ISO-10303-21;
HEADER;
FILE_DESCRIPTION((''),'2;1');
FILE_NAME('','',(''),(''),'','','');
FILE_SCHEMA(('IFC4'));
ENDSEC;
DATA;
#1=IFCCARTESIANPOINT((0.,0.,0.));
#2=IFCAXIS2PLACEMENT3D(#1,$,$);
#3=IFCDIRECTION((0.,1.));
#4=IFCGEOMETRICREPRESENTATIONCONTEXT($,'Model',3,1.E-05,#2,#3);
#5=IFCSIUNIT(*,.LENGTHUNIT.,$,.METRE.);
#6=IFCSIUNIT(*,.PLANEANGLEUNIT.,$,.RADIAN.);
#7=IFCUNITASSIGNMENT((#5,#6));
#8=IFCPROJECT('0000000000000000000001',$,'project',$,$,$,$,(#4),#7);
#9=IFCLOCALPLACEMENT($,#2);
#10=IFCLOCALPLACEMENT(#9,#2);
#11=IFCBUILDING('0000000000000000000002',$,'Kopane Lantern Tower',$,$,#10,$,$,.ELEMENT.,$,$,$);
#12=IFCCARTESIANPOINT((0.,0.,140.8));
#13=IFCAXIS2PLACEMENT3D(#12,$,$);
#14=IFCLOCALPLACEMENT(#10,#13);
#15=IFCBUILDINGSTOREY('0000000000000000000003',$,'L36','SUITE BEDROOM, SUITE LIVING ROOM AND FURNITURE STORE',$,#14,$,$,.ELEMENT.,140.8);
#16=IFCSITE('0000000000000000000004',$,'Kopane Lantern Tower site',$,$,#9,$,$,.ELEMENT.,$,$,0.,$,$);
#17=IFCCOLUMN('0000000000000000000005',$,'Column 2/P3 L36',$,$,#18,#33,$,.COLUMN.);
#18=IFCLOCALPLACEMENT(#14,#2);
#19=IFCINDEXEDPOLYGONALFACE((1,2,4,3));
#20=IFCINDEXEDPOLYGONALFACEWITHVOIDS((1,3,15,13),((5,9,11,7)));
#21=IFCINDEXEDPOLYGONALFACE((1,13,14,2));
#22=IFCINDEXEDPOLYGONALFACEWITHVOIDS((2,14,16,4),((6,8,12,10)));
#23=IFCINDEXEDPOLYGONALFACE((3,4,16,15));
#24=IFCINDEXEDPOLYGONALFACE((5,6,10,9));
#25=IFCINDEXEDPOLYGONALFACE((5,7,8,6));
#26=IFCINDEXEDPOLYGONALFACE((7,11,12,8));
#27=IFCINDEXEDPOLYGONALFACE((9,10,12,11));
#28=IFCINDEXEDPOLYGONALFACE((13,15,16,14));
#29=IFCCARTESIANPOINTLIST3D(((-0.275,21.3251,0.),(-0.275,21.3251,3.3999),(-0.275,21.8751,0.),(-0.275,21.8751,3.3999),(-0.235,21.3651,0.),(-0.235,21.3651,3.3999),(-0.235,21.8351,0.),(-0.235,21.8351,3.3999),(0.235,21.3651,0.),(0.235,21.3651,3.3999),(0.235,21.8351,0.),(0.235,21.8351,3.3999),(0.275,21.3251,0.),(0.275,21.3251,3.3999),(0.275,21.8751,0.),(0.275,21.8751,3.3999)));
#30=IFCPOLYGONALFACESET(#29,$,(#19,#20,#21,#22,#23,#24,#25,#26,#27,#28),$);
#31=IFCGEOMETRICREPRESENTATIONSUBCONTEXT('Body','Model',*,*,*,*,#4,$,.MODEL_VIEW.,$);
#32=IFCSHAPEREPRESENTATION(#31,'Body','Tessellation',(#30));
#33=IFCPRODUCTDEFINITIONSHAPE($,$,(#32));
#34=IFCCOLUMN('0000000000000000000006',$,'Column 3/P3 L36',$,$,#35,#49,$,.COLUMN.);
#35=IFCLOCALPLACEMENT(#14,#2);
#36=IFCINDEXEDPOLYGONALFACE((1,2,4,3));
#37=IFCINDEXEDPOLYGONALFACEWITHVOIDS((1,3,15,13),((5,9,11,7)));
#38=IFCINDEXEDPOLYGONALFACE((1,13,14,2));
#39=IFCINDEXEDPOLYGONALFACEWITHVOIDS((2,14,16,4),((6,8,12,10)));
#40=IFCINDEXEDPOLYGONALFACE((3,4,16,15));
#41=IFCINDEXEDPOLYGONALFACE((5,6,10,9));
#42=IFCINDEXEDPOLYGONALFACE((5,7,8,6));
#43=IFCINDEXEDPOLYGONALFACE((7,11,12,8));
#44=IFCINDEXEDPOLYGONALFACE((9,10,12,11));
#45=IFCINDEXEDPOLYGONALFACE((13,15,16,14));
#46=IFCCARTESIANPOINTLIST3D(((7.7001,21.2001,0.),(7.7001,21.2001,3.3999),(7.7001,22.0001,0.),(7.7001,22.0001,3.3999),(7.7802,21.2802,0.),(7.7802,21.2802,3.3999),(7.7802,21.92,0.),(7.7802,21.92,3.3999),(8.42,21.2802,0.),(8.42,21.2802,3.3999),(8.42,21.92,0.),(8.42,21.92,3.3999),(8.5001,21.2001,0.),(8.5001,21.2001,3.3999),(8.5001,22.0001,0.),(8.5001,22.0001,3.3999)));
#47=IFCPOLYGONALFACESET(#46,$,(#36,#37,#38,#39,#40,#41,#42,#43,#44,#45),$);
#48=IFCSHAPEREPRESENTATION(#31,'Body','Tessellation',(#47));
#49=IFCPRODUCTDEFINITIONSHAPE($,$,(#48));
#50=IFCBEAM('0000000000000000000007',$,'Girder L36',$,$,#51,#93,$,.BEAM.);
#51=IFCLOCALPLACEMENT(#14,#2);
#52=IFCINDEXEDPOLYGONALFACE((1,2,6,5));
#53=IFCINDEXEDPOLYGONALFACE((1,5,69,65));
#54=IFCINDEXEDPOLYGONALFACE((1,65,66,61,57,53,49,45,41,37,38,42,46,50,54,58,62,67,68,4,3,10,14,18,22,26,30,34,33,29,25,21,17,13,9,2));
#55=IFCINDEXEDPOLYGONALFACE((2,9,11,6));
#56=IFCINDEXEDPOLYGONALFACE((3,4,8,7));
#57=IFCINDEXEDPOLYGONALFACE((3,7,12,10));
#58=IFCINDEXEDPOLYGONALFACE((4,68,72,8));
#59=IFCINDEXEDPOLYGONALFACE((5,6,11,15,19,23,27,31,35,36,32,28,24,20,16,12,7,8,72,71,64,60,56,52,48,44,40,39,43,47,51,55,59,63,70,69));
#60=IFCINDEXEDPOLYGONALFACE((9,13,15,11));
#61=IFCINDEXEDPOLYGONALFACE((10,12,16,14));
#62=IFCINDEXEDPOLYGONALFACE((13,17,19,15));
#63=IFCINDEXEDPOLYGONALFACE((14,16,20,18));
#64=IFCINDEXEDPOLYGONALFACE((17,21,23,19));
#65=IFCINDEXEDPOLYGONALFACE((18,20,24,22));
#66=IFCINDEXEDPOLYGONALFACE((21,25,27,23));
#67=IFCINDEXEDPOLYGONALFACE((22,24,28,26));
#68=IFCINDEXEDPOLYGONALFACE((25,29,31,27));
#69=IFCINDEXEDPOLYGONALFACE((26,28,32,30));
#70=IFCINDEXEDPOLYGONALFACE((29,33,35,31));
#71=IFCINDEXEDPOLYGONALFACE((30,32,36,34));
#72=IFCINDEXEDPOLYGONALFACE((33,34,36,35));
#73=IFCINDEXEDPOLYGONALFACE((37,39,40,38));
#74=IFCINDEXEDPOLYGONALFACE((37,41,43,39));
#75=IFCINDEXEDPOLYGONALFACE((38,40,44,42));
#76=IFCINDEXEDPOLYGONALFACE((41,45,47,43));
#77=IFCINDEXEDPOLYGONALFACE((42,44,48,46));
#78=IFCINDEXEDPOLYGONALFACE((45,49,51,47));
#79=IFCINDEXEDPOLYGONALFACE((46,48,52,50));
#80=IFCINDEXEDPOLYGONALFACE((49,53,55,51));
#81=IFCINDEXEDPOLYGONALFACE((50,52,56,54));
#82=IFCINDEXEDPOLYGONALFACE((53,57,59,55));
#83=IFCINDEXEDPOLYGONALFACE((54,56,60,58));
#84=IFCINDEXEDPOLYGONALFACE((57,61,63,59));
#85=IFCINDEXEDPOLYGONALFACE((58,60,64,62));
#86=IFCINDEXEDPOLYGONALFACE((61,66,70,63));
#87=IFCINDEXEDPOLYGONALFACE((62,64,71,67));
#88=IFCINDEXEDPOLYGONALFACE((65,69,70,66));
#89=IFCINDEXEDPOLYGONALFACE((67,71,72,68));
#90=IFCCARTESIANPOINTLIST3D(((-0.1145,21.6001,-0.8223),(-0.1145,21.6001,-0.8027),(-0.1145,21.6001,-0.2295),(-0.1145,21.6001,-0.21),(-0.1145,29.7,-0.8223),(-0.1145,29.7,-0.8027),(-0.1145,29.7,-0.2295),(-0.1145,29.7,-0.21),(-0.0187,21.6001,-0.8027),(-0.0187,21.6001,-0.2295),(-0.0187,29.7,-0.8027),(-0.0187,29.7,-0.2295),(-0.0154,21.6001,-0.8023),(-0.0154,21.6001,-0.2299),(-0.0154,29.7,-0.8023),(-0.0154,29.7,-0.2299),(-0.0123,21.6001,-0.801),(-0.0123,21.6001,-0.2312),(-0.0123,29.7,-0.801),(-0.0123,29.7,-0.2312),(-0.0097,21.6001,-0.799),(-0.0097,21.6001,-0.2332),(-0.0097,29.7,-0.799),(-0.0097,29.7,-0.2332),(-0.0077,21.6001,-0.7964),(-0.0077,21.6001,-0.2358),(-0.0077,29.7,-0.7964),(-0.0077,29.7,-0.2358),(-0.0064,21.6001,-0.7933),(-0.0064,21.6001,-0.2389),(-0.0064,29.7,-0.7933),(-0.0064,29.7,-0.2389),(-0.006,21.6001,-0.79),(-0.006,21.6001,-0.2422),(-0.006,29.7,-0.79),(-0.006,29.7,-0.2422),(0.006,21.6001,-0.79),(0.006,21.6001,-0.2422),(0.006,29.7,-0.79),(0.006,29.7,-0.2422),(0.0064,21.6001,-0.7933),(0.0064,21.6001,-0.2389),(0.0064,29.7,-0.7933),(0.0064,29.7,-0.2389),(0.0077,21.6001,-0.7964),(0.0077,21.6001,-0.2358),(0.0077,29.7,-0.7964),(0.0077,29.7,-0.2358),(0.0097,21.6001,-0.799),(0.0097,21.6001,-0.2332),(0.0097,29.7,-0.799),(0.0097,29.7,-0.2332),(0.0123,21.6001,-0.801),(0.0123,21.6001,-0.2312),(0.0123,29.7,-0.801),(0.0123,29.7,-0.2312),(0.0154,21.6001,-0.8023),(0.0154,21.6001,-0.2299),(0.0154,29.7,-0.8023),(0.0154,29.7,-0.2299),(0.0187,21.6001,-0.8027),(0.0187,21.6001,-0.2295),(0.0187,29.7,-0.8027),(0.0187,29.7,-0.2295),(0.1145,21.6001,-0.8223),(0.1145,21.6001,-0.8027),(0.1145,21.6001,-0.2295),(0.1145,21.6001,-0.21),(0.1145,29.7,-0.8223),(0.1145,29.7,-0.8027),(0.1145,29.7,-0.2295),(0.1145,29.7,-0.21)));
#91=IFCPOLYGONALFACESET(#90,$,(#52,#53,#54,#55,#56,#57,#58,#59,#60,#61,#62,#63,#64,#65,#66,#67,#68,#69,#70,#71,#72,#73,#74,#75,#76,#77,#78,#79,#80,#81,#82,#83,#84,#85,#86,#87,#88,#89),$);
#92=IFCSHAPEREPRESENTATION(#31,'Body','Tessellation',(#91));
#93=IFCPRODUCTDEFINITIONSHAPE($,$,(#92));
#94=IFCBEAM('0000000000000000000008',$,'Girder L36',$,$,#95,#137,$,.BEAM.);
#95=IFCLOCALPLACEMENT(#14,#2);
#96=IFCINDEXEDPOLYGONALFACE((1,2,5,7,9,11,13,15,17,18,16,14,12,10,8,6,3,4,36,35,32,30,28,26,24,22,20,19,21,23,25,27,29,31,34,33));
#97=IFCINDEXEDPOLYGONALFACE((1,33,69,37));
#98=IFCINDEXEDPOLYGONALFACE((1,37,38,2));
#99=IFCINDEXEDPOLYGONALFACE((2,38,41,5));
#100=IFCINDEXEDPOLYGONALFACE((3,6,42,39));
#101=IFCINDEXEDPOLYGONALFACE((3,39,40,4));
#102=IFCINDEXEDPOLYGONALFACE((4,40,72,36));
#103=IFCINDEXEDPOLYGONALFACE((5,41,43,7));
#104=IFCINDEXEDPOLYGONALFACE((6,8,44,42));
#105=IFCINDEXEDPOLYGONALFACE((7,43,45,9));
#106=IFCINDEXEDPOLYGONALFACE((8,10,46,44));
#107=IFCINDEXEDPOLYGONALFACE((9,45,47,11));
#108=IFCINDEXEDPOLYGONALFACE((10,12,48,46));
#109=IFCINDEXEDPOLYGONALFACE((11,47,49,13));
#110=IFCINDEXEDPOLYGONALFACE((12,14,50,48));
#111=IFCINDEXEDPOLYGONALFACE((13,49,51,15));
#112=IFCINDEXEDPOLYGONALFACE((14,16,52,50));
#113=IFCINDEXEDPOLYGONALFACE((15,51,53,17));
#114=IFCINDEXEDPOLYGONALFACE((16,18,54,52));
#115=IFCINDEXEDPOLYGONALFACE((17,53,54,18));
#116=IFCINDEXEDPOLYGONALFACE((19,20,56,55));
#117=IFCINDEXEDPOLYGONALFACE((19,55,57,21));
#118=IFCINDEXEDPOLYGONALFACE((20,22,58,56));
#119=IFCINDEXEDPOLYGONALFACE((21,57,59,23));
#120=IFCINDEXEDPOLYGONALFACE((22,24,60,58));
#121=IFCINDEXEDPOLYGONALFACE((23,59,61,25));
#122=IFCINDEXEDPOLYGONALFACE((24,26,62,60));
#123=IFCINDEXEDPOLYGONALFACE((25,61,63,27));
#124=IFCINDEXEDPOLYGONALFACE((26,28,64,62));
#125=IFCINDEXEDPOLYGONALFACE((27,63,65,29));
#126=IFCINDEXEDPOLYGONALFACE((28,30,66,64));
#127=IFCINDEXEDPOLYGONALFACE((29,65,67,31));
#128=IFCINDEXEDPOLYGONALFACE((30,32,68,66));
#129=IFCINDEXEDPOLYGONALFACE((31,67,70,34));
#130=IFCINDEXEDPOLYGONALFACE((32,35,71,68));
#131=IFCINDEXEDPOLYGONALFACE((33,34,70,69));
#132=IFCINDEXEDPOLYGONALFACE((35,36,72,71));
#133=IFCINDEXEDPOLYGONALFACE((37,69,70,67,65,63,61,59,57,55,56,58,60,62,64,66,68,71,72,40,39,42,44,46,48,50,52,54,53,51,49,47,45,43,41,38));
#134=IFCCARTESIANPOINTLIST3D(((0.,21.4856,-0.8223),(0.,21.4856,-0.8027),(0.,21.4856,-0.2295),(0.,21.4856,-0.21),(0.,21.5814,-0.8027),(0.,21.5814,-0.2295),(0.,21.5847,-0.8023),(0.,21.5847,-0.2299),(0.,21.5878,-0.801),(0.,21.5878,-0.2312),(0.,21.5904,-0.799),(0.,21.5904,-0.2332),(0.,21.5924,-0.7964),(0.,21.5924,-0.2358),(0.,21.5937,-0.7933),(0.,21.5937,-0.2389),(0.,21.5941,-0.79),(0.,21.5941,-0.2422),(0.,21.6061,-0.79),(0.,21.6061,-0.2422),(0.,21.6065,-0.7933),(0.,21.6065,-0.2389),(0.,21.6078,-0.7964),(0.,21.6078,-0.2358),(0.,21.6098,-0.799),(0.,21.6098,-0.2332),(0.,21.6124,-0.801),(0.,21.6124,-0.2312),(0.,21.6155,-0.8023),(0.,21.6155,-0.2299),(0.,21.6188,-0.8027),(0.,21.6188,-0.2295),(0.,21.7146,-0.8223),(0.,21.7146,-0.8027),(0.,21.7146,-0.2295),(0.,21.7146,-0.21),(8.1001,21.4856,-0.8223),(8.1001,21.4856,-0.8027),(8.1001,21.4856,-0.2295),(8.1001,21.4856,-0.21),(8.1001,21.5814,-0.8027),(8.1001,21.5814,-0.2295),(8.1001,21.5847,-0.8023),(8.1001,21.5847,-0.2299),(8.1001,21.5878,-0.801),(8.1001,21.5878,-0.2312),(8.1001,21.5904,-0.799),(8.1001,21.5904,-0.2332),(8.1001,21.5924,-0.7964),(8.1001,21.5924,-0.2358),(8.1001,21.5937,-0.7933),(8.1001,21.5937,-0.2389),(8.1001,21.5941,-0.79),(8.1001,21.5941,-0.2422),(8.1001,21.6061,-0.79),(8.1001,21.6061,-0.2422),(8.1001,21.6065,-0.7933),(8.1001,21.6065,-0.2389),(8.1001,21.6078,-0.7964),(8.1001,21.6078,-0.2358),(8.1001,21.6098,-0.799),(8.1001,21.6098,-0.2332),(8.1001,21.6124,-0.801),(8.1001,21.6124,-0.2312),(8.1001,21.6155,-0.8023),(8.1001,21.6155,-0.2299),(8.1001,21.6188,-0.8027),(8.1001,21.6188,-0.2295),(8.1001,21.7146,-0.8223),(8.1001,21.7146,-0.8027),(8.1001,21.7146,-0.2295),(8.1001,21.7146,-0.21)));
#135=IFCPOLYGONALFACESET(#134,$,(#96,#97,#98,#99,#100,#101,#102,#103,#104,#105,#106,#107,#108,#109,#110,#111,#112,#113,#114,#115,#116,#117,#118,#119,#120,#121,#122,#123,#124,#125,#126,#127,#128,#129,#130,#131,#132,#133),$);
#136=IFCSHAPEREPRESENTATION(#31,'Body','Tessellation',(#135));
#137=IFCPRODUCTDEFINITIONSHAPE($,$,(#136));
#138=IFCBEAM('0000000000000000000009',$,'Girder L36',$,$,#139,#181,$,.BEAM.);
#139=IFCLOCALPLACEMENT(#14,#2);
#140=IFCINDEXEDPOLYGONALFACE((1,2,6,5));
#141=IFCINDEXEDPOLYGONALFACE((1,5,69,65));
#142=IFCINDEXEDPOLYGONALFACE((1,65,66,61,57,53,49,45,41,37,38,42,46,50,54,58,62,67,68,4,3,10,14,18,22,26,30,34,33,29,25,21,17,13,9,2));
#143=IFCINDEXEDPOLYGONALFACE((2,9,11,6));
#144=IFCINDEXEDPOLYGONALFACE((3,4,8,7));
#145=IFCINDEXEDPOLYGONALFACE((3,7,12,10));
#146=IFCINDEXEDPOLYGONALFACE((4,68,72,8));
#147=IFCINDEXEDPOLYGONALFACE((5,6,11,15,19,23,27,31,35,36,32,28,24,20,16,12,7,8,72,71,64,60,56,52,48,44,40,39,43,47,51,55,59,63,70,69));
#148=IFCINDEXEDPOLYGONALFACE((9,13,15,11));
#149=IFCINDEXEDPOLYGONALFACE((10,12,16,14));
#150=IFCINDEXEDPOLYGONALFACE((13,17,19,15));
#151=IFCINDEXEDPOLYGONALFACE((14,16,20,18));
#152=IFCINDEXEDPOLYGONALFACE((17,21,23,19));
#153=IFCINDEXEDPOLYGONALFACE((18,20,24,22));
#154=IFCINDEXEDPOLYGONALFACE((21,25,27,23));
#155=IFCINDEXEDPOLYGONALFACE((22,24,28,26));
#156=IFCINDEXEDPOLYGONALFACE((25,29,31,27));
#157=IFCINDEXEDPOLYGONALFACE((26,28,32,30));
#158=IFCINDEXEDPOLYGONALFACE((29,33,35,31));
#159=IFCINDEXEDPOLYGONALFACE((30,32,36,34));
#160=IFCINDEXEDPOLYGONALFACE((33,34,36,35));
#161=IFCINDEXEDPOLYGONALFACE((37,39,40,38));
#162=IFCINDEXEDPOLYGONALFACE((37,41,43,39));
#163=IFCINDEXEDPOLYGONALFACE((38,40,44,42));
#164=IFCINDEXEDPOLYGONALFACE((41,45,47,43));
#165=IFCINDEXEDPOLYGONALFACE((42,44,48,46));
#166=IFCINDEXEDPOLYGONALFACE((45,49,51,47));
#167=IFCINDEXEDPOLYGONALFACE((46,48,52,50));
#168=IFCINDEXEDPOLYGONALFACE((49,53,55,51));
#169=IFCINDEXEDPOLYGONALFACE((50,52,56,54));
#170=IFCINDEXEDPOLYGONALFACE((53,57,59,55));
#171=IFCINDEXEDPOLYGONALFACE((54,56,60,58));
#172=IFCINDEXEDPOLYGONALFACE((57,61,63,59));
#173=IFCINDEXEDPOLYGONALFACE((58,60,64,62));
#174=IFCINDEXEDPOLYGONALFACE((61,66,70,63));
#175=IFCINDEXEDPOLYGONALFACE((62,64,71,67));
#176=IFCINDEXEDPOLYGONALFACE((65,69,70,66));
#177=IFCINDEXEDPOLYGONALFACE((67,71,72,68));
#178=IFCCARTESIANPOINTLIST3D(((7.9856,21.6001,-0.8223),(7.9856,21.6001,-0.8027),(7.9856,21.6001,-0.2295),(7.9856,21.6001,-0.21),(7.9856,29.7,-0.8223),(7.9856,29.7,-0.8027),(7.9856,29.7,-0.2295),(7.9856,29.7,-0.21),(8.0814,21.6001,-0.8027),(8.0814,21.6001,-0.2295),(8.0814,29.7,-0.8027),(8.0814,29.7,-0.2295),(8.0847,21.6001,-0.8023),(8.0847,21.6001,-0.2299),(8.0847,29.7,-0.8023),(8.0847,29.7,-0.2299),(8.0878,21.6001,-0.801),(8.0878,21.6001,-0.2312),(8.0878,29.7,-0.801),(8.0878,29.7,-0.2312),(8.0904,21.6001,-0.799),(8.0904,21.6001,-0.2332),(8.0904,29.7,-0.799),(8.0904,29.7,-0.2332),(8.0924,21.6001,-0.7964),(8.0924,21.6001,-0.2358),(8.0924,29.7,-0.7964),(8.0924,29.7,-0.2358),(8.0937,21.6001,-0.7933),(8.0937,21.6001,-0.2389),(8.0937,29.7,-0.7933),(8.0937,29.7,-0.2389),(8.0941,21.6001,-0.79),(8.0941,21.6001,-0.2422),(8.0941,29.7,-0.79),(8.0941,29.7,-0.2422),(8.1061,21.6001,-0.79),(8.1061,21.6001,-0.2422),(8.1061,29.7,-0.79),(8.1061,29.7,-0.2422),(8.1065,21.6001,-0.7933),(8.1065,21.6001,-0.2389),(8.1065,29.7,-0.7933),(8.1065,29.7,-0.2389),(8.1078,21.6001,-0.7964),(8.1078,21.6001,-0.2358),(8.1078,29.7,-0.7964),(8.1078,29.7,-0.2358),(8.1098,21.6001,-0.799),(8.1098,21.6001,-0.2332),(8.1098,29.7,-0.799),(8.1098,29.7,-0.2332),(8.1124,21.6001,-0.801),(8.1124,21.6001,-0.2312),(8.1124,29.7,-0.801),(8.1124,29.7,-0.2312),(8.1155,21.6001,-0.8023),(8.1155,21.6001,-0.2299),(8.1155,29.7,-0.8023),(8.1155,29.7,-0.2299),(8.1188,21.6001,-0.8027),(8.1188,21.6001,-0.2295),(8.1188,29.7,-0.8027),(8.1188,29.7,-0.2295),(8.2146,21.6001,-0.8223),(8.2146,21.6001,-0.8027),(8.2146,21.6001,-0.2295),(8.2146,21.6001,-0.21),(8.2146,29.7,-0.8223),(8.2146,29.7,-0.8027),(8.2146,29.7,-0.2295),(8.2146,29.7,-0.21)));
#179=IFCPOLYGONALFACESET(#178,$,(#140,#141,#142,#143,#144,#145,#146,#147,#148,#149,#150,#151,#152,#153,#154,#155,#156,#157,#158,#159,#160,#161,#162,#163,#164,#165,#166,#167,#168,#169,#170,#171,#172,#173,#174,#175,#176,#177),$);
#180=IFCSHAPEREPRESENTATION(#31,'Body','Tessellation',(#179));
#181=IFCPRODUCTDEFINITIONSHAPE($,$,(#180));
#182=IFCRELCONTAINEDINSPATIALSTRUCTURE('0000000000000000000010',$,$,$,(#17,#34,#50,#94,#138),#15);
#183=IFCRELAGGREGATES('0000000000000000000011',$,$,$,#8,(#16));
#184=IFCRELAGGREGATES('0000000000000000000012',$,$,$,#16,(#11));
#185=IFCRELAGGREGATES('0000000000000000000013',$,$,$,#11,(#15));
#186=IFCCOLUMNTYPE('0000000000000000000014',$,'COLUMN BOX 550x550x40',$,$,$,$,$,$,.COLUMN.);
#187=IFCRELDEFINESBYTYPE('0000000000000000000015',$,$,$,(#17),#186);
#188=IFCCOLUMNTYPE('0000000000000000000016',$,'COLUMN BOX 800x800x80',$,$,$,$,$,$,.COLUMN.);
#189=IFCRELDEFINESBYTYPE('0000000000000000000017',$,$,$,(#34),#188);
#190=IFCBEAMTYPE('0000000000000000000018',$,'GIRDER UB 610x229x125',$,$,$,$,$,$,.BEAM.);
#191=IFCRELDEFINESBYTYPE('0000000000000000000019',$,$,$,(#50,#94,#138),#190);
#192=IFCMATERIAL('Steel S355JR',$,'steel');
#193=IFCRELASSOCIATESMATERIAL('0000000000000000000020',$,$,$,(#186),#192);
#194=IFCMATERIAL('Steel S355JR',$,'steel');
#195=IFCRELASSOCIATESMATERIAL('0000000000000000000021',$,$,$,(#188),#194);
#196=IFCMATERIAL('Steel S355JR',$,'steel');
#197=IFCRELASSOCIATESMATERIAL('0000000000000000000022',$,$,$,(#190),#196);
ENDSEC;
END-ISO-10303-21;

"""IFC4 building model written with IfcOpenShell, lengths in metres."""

from ifc_helpers import new_model, si_unit, direction, frame, origin, origin_2d, place, context, subcontext, project, spatial, hollow_rectangle, i_section, extrude, material, material_profile, profile_set, type_object, element, save


model = new_model("IFC4")

# Units and contexts
model_context = context("Model", 3, precision=1e-05, world=origin(), true_north=direction((0.0, 1.0)))
body_context = subcontext(model_context, "Body", "Model", "MODEL_VIEW")
ifc_project = project(units=[si_unit("LENGTHUNIT", "METRE"), si_unit("PLANEANGLEUNIT", "RADIAN")], contexts=[model_context])

# Site, building, storey
site_placement = place(None, origin())
site = spatial("IfcSite", under=ifc_project, at=site_placement, Name="Kopane Lantern Tower site", CompositionType="ELEMENT", RefElevation=0.0)
building_placement = place(site_placement, origin())
building = spatial("IfcBuilding", under=site, at=building_placement, Name="Kopane Lantern Tower", CompositionType="ELEMENT")
storey_placement = place(building_placement, frame((0.0, 0.0, 140.8)))
storey = spatial("IfcBuildingStorey", under=building, at=storey_placement, Name="L36", Description="SUITE BEDROOM, SUITE LIVING ROOM AND FURNITURE STORE", CompositionType="ELEMENT", Elevation=140.8)

# Columns
ifc_material_1 = material(Name="Steel S355JR", Category="steel")
ifc_material_profile_1 = material_profile(ifc_material_1, hollow_rectangle(XDim=0.55, YDim=0.55, WallThickness=0.04, at=origin_2d()), Name="BOX 550x550x40")
ifc_profile_set_1 = profile_set([ifc_material_profile_1], Name="Steel S355JR")
column_type_1 = type_object("IfcColumnType", Name="COLUMN BOX 550x550x40", PredefinedType="COLUMN", material=ifc_profile_set_1)
column_1_placement = place(storey_placement, frame((0.0, 21.6001, 0.0), z_axis=(0.0, 0.0, 1.0), x_axis=(1.0, 0.0, 0.0)))
element("IfcColumn", 1, at=column_1_placement, inside=storey, type_object=column_type_1, Name="Column 2/P3 L36", PredefinedType="COLUMN", context=body_context, shape_type="SweptSolid", body=[
    extrude(hollow_rectangle(XDim=0.55, YDim=0.55, WallThickness=0.04, at=origin_2d()), origin(), (0.0, 0.0, 1.0), 3.3999),
])
ifc_material_2 = material(Name="Steel S355JR", Category="steel")
ifc_material_profile_2 = material_profile(ifc_material_2, hollow_rectangle(XDim=0.8, YDim=0.8, WallThickness=0.0801, at=origin_2d()), Name="BOX 800x800x80")
ifc_profile_set_2 = profile_set([ifc_material_profile_2], Name="Steel S355JR")
column_type_2 = type_object("IfcColumnType", Name="COLUMN BOX 800x800x80", PredefinedType="COLUMN", material=ifc_profile_set_2)
column_2_placement = place(storey_placement, frame((8.1001, 21.6001, 0.0), z_axis=(0.0, 0.0, 1.0), x_axis=(1.0, 0.0, 0.0)))
element("IfcColumn", 2, at=column_2_placement, inside=storey, type_object=column_type_2, Name="Column 3/P3 L36", PredefinedType="COLUMN", context=body_context, shape_type="SweptSolid", body=[
    extrude(hollow_rectangle(XDim=0.8, YDim=0.8, WallThickness=0.0801, at=origin_2d()), origin(), (0.0, 0.0, 1.0), 3.3999),
])

# Beams
ifc_material_3 = material(Name="Steel S355JR", Category="steel")
ifc_material_profile_3 = material_profile(ifc_material_3, i_section(OverallWidth=0.229, OverallDepth=0.6123, WebThickness=0.012, FlangeThickness=0.0195, FilletRadius=0.0127, at=origin_2d()), Name="UB 610x229x125")
ifc_profile_set_3 = profile_set([ifc_material_profile_3], Name="Steel S355JR")
beam_type = type_object("IfcBeamType", Name="GIRDER UB 610x229x125", PredefinedType="BEAM", material=ifc_profile_set_3)
beam_1_placement = place(storey_placement, frame((0.0, 21.6001, -0.5161), z_axis=(0.0, 1.0, 0.0), x_axis=(-1.0, 0.0, 0.0)))
element("IfcBeam", 3, at=beam_1_placement, inside=storey, type_object=beam_type, Name="Girder L36", PredefinedType="BEAM", context=body_context, shape_type="SweptSolid", body=[
    extrude(i_section(OverallWidth=0.229, OverallDepth=0.6123, WebThickness=0.012, FlangeThickness=0.0195, FilletRadius=0.0127, at=origin_2d()), origin(), (0.0, 0.0, 1.0), 8.0999),
])
beam_2_placement = place(storey_placement, frame((0.0, 21.6001, -0.5161), z_axis=(1.0, 0.0, 0.0), x_axis=(0.0, 1.0, 0.0)))
element("IfcBeam", 4, at=beam_2_placement, inside=storey, type_object=beam_type, Name="Girder L36", PredefinedType="BEAM", context=body_context, shape_type="SweptSolid", body=[
    extrude(i_section(OverallWidth=0.229, OverallDepth=0.6123, WebThickness=0.012, FlangeThickness=0.0195, FilletRadius=0.0127, at=origin_2d()), origin(), (0.0, 0.0, 1.0), 8.1001),
])
for number, where, z_axis, x_axis, name in (
    (5, (8.1001, 21.6001, -0.5161), (0.0, 1.0, 0.0), (-1.0, 0.0, 0.0), "Girder L36"),
):
    element("IfcBeam", number, at=place(storey_placement, frame(where, z_axis=z_axis, x_axis=x_axis)), inside=storey, type_object=beam_type, Name=name, PredefinedType="BEAM", context=body_context, shape_type="SweptSolid", body=[
        extrude(i_section(OverallWidth=0.229, OverallDepth=0.6123, WebThickness=0.012, FlangeThickness=0.0195, FilletRadius=0.0127, at=origin_2d()), origin(), (0.0, 0.0, 1.0), 8.0999),
    ])

save(model, "model.ifc")
